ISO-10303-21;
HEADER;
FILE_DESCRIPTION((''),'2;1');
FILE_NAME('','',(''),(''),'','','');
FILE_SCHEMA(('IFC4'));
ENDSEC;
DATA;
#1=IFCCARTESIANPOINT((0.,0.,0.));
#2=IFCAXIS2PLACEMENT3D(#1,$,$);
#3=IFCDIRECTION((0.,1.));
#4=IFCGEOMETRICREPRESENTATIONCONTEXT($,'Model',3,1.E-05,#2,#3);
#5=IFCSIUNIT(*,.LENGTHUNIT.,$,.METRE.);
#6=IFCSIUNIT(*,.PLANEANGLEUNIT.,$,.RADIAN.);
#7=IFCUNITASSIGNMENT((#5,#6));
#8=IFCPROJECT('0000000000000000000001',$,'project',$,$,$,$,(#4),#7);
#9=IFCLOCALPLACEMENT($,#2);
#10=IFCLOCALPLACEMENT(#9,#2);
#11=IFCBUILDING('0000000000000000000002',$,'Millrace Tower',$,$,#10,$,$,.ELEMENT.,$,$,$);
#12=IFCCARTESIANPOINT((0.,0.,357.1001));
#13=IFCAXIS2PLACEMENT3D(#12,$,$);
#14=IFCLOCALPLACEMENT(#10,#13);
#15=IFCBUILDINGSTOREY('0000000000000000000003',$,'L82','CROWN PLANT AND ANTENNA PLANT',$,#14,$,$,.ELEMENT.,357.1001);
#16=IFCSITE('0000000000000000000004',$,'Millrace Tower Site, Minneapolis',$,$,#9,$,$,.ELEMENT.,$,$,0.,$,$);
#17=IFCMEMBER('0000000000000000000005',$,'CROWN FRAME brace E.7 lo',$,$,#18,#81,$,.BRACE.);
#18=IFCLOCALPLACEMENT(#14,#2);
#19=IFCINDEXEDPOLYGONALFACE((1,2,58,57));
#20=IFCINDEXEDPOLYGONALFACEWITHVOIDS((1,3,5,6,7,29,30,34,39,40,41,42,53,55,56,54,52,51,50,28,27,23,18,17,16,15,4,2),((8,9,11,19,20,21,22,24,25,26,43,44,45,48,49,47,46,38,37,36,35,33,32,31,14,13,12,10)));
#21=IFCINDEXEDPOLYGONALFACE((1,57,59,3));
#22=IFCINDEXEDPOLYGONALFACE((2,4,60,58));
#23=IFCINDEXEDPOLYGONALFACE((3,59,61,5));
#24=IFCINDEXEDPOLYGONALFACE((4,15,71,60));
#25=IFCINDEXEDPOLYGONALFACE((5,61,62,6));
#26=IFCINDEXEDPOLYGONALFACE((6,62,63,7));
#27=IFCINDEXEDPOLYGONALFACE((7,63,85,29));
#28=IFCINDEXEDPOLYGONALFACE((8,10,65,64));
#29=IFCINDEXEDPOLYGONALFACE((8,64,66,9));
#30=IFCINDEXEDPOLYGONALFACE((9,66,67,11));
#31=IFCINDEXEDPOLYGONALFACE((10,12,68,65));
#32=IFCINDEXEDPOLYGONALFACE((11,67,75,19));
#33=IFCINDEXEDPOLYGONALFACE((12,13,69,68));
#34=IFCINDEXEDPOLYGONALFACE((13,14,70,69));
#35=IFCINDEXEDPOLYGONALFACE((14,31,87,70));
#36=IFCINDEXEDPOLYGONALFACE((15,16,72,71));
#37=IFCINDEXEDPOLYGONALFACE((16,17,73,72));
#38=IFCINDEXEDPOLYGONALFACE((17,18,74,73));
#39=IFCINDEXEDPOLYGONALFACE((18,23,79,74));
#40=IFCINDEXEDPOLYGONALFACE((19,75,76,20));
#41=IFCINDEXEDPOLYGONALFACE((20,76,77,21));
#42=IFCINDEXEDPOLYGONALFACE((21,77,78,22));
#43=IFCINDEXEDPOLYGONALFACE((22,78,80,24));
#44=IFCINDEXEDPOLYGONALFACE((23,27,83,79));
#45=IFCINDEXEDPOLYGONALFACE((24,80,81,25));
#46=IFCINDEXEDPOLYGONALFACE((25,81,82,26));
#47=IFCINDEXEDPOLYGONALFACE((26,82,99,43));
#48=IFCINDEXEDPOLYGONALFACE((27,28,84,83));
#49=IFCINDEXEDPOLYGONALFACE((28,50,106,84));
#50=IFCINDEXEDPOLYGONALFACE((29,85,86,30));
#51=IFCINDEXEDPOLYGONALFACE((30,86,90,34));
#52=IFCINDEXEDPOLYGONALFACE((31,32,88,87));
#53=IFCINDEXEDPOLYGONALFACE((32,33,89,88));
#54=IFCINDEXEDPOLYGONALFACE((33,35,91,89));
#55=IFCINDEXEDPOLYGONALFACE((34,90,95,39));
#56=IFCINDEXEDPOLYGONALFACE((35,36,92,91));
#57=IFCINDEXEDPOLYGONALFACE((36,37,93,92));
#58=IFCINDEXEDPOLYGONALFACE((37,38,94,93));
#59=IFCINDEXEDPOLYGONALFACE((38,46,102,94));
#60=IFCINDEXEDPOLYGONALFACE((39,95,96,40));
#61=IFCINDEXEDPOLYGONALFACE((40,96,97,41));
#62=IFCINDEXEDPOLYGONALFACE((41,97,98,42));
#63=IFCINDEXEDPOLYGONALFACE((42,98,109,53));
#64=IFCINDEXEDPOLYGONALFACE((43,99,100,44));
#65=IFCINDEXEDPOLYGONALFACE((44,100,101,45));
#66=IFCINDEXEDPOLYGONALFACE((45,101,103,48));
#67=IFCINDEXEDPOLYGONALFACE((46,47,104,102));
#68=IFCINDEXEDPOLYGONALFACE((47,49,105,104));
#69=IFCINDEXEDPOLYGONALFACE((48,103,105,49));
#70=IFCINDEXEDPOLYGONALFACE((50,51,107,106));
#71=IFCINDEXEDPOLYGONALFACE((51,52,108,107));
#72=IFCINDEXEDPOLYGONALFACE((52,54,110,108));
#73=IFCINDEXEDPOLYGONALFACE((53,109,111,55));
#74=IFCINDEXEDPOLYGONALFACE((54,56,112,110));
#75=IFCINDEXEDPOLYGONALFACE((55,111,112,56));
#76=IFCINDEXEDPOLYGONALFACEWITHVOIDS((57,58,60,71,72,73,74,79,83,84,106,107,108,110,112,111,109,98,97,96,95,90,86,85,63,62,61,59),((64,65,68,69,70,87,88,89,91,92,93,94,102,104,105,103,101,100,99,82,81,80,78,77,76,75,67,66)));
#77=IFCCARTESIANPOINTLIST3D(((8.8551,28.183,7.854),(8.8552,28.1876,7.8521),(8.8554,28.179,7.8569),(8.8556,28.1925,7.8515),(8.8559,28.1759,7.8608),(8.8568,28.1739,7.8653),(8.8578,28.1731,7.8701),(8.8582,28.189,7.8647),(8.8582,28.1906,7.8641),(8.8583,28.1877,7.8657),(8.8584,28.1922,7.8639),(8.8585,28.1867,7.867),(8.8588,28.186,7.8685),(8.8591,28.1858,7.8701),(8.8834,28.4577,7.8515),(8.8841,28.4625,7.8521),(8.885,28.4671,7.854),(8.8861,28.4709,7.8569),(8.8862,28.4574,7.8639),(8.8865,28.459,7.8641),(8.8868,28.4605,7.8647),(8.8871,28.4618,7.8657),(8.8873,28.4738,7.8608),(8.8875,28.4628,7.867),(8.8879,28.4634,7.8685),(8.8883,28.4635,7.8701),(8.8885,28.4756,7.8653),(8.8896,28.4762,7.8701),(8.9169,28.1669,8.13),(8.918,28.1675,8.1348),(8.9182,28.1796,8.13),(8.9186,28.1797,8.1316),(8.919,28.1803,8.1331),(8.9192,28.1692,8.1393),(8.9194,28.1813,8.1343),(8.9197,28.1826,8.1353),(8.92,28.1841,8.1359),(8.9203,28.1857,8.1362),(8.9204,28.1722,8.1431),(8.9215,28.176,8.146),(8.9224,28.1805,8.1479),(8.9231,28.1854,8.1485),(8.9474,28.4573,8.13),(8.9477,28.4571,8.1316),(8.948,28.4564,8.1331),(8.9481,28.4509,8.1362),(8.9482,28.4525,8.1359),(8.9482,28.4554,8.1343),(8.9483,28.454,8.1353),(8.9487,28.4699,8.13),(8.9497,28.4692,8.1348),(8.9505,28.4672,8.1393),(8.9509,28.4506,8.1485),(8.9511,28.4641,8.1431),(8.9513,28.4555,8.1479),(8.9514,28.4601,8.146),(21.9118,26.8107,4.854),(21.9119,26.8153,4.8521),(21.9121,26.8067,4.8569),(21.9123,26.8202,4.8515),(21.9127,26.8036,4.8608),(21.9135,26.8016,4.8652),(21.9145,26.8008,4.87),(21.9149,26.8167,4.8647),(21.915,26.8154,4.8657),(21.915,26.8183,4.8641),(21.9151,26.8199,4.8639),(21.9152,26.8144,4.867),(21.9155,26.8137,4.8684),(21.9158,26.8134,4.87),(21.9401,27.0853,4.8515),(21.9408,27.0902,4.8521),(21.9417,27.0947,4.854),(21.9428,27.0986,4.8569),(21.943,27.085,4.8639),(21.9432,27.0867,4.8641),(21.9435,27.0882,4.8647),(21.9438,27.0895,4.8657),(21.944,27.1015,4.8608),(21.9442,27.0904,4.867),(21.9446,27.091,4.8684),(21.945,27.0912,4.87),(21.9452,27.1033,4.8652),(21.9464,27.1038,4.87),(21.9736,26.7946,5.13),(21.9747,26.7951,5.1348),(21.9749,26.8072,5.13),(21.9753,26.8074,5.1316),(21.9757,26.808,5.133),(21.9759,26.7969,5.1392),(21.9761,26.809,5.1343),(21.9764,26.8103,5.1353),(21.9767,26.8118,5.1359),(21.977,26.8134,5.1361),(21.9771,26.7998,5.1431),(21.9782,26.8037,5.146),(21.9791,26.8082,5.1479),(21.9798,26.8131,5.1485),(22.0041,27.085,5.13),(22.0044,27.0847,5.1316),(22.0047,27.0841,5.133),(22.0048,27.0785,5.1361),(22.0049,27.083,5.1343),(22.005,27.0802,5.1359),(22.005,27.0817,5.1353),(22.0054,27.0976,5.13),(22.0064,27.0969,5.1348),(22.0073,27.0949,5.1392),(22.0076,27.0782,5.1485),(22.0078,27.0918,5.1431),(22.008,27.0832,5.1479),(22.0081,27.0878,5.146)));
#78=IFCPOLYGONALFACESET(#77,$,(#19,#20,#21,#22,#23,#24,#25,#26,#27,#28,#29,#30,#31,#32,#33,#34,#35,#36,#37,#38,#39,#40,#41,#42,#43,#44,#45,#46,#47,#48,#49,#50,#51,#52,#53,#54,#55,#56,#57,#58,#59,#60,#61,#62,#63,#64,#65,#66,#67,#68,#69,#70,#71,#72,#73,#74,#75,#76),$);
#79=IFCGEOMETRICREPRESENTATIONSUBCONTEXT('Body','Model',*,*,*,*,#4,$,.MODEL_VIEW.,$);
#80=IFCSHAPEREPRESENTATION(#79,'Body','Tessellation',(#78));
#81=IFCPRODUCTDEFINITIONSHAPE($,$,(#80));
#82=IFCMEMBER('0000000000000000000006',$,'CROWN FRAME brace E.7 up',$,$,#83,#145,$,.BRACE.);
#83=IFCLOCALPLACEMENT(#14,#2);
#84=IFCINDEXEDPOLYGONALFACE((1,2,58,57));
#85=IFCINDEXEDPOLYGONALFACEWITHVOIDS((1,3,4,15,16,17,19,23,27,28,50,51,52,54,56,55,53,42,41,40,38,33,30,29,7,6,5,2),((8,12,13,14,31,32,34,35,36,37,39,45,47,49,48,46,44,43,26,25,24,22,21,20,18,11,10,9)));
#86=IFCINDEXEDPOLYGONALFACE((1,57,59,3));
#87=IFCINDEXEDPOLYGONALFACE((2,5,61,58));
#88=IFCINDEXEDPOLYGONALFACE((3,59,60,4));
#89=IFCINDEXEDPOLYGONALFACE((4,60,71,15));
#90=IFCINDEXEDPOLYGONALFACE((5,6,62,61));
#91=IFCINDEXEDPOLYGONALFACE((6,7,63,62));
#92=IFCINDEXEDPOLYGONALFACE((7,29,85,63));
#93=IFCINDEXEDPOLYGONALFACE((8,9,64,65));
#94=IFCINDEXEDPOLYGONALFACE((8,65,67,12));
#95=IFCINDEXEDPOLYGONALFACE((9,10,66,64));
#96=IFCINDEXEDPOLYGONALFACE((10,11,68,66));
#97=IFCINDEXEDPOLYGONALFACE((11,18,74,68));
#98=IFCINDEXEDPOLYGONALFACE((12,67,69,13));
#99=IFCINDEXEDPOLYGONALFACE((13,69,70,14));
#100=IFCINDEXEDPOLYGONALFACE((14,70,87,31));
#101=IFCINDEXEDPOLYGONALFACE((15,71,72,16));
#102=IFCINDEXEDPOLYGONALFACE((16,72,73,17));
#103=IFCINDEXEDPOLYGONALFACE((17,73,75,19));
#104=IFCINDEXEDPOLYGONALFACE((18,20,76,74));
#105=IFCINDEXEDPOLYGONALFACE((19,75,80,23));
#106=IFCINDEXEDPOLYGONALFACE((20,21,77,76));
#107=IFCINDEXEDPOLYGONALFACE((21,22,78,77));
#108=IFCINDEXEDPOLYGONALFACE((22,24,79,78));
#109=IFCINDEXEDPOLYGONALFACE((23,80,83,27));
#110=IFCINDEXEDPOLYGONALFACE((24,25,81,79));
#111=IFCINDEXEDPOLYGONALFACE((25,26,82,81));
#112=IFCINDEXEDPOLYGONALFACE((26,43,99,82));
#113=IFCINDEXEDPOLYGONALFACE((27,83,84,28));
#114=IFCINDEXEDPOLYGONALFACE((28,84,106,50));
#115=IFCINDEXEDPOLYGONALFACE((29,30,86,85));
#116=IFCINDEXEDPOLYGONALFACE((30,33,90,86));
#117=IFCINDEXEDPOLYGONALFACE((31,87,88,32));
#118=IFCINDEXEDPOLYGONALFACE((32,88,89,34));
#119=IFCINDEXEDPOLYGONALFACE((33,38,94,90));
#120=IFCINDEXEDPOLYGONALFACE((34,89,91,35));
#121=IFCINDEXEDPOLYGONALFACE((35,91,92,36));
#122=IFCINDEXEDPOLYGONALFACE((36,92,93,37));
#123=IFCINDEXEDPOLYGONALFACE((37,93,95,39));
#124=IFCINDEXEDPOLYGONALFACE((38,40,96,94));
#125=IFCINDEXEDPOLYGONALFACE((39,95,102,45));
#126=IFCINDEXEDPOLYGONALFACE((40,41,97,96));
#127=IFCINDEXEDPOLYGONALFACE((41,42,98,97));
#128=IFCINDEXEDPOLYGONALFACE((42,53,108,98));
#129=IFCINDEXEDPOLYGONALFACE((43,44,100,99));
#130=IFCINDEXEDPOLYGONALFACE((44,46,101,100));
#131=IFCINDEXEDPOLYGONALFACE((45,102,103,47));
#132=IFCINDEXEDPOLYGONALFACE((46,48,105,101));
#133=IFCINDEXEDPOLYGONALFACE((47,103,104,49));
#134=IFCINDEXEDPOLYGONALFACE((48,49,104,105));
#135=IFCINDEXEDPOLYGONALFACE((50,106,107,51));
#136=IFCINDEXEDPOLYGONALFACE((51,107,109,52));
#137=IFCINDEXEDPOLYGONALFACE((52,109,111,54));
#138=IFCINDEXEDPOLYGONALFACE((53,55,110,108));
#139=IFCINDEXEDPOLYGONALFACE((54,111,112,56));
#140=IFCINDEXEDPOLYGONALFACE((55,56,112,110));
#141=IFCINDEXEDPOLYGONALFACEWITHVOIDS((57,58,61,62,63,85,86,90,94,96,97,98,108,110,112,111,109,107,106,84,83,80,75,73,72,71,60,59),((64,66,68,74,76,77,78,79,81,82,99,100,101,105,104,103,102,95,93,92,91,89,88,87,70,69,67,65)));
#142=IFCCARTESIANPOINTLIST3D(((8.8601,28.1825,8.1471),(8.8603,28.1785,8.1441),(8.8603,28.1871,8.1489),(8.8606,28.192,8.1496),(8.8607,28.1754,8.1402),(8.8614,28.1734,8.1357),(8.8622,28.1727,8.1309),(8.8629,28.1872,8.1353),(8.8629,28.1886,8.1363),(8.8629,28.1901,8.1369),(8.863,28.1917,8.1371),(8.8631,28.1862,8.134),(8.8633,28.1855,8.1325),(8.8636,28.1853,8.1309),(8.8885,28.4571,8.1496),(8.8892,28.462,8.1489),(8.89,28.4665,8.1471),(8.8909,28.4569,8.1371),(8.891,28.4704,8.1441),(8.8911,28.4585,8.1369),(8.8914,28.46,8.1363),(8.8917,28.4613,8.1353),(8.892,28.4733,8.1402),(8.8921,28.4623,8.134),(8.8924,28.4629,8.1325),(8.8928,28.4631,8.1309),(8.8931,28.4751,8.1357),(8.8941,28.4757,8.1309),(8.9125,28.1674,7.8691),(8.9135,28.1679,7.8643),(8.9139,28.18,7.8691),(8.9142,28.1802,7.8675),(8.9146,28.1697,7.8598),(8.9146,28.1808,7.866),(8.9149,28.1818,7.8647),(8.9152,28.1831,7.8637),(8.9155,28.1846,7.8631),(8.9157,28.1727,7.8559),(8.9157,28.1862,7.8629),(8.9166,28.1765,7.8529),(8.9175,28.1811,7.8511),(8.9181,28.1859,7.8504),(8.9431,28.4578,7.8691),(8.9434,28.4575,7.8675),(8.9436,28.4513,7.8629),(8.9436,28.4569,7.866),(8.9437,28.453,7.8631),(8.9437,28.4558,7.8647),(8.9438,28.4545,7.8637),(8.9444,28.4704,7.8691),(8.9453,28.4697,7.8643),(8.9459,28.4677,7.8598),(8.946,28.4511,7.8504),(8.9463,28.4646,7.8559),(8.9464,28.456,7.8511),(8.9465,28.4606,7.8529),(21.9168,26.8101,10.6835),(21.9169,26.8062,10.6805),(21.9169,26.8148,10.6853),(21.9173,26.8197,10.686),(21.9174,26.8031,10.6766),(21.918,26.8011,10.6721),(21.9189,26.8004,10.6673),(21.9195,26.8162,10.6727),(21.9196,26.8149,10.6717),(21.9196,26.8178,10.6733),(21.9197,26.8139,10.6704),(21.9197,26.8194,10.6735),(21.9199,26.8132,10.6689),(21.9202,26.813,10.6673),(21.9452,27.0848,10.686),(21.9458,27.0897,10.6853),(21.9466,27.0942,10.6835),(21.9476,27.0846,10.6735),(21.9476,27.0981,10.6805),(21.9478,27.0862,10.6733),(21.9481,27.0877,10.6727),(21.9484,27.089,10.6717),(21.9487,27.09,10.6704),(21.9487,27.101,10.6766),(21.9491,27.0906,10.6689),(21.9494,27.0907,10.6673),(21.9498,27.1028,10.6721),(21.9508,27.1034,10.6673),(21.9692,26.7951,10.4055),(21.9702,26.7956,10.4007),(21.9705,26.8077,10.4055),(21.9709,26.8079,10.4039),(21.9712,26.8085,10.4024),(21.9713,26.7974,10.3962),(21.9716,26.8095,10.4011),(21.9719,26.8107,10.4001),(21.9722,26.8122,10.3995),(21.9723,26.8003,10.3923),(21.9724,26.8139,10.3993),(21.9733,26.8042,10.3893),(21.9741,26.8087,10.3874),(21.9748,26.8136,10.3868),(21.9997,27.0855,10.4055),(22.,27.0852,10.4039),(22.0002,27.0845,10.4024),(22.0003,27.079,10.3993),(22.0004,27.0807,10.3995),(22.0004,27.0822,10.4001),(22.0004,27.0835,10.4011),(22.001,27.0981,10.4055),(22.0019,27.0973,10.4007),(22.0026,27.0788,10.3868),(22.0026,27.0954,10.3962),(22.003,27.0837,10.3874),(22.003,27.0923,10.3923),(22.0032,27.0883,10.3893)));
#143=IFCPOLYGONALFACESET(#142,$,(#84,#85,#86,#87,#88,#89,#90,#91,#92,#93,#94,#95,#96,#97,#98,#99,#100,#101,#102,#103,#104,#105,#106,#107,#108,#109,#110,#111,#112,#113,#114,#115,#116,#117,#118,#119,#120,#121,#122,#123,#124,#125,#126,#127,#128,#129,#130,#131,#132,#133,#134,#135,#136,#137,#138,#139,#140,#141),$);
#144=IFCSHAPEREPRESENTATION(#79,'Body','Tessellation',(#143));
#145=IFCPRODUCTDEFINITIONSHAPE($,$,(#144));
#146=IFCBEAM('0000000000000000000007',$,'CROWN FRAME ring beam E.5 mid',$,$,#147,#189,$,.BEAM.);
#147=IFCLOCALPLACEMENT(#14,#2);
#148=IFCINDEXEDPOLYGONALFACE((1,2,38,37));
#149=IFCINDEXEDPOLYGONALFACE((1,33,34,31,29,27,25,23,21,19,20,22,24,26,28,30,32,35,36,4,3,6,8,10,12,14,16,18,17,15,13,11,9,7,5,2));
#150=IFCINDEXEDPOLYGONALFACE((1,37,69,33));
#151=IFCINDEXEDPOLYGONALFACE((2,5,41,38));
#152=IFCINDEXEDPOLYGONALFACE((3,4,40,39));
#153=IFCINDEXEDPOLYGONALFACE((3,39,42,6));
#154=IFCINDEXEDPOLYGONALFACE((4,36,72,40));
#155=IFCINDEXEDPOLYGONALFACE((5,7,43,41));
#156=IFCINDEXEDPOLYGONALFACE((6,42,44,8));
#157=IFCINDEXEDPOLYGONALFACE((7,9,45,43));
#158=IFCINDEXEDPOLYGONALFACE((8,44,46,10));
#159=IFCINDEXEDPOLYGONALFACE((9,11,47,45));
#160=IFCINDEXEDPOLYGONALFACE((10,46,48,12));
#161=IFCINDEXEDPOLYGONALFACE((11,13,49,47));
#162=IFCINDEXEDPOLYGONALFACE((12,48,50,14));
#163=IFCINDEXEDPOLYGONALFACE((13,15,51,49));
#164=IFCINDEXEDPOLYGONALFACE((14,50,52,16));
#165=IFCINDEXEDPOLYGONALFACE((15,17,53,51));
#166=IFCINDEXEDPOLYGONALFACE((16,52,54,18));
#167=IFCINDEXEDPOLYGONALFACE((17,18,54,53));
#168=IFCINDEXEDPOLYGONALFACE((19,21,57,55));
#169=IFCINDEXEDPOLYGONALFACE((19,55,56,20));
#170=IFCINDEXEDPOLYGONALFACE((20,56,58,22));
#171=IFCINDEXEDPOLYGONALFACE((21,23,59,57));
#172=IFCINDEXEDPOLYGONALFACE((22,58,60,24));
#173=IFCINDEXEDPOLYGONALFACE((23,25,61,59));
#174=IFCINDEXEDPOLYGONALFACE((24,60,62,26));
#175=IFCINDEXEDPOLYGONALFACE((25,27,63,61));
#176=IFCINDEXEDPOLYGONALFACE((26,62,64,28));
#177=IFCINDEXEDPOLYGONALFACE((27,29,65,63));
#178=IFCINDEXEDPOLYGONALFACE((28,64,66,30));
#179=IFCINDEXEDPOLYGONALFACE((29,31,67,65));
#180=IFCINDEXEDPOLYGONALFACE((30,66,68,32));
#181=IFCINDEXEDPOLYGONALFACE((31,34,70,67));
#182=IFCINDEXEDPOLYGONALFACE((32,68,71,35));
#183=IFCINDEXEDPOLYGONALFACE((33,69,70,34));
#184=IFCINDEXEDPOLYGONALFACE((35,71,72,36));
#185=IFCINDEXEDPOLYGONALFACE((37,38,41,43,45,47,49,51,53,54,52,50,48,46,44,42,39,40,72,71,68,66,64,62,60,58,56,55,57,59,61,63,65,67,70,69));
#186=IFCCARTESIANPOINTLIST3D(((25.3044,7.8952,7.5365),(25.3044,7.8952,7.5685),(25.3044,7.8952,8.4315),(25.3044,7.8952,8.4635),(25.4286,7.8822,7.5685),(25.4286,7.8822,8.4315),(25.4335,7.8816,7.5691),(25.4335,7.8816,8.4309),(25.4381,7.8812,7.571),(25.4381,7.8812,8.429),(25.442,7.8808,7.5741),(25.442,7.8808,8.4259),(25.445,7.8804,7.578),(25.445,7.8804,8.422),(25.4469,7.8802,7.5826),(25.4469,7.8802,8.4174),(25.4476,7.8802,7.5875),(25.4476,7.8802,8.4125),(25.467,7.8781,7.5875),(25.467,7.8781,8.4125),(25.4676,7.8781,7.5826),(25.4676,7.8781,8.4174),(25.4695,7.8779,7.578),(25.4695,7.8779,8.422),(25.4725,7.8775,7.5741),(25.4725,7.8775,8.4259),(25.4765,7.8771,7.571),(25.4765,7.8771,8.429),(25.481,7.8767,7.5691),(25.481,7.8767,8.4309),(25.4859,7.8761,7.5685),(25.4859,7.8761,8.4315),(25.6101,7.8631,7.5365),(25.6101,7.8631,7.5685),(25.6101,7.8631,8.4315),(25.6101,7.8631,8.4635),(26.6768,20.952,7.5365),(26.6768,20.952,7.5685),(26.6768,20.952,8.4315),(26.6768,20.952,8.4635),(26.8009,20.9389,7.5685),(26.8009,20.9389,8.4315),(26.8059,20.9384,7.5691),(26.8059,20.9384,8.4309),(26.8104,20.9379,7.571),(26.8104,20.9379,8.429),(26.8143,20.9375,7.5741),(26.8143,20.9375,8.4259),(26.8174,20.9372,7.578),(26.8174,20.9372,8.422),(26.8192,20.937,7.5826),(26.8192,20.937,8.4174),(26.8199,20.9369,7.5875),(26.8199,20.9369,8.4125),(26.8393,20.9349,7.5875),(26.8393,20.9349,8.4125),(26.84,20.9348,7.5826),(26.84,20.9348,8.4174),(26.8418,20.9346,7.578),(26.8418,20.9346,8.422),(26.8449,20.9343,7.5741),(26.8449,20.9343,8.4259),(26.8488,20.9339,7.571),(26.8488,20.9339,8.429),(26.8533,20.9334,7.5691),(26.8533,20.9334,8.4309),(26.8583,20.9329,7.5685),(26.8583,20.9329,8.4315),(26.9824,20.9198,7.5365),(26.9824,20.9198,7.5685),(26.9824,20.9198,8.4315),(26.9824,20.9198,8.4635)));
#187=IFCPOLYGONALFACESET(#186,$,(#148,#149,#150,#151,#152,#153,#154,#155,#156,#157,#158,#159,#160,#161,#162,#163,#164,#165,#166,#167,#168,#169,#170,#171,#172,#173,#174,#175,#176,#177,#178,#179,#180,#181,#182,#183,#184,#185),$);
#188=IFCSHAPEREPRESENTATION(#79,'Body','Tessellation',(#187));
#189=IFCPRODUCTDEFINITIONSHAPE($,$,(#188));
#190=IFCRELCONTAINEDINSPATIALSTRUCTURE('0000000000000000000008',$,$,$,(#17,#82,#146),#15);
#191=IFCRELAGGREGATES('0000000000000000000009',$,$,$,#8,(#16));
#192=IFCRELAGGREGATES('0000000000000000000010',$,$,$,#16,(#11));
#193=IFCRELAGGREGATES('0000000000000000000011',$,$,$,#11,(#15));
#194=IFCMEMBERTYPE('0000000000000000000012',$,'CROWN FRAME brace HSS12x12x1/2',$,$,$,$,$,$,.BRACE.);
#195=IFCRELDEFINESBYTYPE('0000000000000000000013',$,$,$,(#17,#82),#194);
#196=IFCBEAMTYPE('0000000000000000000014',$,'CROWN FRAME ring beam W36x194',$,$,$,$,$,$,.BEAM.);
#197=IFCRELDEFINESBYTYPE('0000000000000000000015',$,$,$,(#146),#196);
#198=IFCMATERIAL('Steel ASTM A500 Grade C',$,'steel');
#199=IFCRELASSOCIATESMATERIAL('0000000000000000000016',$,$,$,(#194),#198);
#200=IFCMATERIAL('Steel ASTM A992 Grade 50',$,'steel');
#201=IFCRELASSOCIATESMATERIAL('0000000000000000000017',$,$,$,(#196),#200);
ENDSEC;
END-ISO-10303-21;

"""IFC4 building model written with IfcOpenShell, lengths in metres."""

from ifc_helpers import new_model, si_unit, direction, frame, origin, origin_2d, place, context, subcontext, project, spatial, hollow_rectangle, i_section, extrude, material, material_profile, profile_set, type_object, element, save


model = new_model("IFC4")

# Units and contexts
model_context = context("Model", 3, precision=1e-05, world=origin(), true_north=direction((0.0, 1.0)))
body_context = subcontext(model_context, "Body", "Model", "MODEL_VIEW")
ifc_project = project(units=[si_unit("LENGTHUNIT", "METRE"), si_unit("PLANEANGLEUNIT", "RADIAN")], contexts=[model_context])

# Site, building, storey
site_placement = place(None, origin())
site = spatial("IfcSite", under=ifc_project, at=site_placement, Name="Millrace Tower Site, Minneapolis", CompositionType="ELEMENT", RefElevation=0.0)
building_placement = place(site_placement, origin())
building = spatial("IfcBuilding", under=site, at=building_placement, Name="Millrace Tower", CompositionType="ELEMENT")
storey_placement = place(building_placement, frame((0.0, 0.0, 357.1001)))
storey = spatial("IfcBuildingStorey", under=building, at=storey_placement, Name="L82", Description="CROWN PLANT AND ANTENNA PLANT", CompositionType="ELEMENT", Elevation=357.1001)

# Members
ifc_material_1 = material(Name="Steel ASTM A500 Grade C", Category="steel")
ifc_material_profile_1 = material_profile(ifc_material_1, hollow_rectangle(XDim=0.3047, YDim=0.3047, WallThickness=0.0127, InnerFilletRadius=0.0063, OuterFilletRadius=0.019, at=origin_2d()))
ifc_profile_set_1 = profile_set([ifc_material_profile_1], Name="Steel ASTM A500 Grade C")
member_type_1 = type_object("IfcMemberType", Name="CROWN FRAME brace HSS12x12x1/2", PredefinedType="BRACE", material=ifc_profile_set_1)
member_1_placement = place(storey_placement, frame((21.96, 26.9492, 5.0), z_axis=(-0.969531, 0.101902, 0.222767), x_axis=(-0.104529, -0.994522, 0.0)))
element("IfcMember", 1, at=member_1_placement, inside=storey, type_object=member_type_1, Name="CROWN FRAME brace E.7 lo", PredefinedType="BRACE", context=body_context, shape_type="SweptSolid", body=[
    extrude(hollow_rectangle(XDim=0.3047, YDim=0.3047, WallThickness=0.0127, InnerFilletRadius=0.0063, OuterFilletRadius=0.019, at=origin_2d()), origin(), (0.0, 0.0, 1.0), 13.467),
])
member_2_placement = place(storey_placement, frame((8.9033, 28.3215, 8.0), z_axis=(0.976466, -0.102631, 0.189688), x_axis=(0.104529, 0.994522, 0.0)))
element("IfcMember", 2, at=member_2_placement, inside=storey, type_object=member_type_1, Name="CROWN FRAME brace E.7 up", PredefinedType="BRACE", context=body_context, shape_type="SweptSolid", body=[
    extrude(hollow_rectangle(XDim=0.3047, YDim=0.3047, WallThickness=0.0127, InnerFilletRadius=0.0063, OuterFilletRadius=0.019, at=origin_2d()), origin(), (0.0, 0.0, 1.0), 13.3713),
])

# Beam
ifc_material_2 = material(Name="Steel ASTM A992 Grade 50", Category="steel")
ifc_material_profile_2 = material_profile(ifc_material_2, i_section(OverallWidth=0.3074, OverallDepth=0.927, WebThickness=0.0195, FlangeThickness=0.032, FilletRadius=0.019, at=origin_2d()))
ifc_profile_set_2 = profile_set([ifc_material_profile_2], Name="Steel ASTM A992 Grade 50")
beam_type_1 = type_object("IfcBeamType", Name="CROWN FRAME ring beam W36x194", PredefinedType="BEAM", material=ifc_profile_set_2)
for number, where, z_axis, x_axis, name in (
    (3, (25.4573, 7.8792, 8.0), (0.104529, 0.994522, 0.0), (-0.994522, 0.104529, 0.0), "CROWN FRAME ring beam E.5 mid"),
):
    element("IfcBeam", number, at=place(storey_placement, frame(where, z_axis=z_axis, x_axis=x_axis)), inside=storey, type_object=beam_type_1, Name=name, PredefinedType="BEAM", context=body_context, shape_type="SweptSolid", body=[
        extrude(i_section(OverallWidth=0.3074, OverallDepth=0.927, WebThickness=0.0195, FlangeThickness=0.032, FilletRadius=0.019, at=origin_2d()), origin(), (0.0, 0.0, 1.0), 13.1287),
    ])

save(model, "model.ifc")
